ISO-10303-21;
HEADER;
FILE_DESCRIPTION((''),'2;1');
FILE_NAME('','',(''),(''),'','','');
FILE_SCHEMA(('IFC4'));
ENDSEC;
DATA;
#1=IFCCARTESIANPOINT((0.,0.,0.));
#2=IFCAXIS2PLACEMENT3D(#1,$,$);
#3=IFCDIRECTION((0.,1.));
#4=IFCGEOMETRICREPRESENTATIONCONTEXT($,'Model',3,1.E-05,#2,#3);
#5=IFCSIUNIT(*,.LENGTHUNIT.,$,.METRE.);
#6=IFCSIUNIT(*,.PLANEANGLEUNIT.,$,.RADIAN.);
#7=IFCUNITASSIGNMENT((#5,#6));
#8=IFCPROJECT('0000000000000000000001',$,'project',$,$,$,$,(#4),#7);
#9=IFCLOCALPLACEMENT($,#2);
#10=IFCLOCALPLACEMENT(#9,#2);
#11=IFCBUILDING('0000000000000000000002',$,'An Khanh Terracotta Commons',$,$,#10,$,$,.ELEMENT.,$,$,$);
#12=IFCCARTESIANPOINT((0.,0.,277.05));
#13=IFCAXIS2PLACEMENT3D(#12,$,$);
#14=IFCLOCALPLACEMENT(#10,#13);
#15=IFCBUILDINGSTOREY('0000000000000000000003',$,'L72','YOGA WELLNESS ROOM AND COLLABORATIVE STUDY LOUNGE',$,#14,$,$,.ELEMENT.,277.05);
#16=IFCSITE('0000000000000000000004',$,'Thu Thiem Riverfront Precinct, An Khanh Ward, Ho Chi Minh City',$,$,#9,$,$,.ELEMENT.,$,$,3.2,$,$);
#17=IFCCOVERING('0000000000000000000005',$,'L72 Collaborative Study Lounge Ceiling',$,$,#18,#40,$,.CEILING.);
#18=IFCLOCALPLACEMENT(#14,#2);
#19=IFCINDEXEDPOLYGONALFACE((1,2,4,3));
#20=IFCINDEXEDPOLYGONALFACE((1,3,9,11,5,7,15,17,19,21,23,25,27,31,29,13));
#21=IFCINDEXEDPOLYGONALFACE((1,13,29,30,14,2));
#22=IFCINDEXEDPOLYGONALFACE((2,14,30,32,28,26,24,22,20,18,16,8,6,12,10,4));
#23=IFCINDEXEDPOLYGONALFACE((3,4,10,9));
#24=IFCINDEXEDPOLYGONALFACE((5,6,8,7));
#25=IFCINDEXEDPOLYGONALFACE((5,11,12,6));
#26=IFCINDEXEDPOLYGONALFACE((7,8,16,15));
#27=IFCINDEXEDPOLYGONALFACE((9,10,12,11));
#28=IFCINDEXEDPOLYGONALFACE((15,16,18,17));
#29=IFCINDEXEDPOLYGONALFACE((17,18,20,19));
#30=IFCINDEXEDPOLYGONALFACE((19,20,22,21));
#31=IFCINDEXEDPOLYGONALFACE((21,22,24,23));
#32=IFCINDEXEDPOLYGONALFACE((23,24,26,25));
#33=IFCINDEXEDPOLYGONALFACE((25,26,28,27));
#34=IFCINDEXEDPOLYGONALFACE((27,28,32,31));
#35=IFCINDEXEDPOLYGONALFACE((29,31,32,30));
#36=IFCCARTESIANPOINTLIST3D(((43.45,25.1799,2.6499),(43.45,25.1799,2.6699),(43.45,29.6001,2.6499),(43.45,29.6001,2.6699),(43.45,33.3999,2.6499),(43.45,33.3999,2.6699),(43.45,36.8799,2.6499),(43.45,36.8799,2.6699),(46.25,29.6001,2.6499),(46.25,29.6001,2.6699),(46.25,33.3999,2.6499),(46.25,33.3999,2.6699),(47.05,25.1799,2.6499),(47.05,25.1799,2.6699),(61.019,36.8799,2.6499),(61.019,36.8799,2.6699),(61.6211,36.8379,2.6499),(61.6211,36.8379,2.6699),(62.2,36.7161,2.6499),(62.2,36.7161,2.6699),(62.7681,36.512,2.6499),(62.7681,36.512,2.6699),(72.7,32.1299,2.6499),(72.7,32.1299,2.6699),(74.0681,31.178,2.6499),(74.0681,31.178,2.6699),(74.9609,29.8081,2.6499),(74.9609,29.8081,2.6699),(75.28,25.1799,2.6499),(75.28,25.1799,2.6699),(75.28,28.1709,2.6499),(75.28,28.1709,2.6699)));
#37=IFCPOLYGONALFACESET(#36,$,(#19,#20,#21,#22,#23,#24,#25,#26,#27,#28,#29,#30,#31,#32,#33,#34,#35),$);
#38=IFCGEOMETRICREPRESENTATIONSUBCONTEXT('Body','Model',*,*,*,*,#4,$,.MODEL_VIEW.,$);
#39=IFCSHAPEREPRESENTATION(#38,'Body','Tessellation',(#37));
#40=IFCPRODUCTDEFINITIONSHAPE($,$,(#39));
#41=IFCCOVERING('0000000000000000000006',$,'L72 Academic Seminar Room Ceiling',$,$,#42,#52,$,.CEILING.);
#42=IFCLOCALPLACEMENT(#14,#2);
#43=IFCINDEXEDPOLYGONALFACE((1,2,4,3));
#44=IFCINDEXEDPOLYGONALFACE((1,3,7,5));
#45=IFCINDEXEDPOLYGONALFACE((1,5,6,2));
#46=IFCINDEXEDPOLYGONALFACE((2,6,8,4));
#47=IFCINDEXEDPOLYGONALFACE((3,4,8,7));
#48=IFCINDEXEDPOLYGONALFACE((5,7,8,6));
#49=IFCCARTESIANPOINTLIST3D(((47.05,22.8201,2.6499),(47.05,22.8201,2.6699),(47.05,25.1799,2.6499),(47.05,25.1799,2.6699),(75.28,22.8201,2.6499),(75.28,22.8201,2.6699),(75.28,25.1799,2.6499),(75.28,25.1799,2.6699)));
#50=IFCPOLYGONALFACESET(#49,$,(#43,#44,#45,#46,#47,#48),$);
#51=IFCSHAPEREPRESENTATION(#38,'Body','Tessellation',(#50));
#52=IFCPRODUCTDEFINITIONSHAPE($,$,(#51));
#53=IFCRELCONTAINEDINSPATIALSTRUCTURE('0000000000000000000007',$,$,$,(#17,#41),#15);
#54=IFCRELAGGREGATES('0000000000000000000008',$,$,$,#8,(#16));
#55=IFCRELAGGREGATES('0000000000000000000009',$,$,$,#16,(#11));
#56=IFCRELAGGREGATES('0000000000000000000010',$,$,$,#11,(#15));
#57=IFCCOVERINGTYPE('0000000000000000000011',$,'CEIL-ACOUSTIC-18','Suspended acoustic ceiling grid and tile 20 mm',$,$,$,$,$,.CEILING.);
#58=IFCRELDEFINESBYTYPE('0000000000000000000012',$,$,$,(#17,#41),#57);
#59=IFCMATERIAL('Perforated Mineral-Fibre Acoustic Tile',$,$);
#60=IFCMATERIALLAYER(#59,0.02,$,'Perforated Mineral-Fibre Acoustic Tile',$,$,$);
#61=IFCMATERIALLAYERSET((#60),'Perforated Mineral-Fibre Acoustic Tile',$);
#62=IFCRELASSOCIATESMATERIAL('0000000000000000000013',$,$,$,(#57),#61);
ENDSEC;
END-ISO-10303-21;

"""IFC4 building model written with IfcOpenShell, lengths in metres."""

from ifc_helpers import new_model, si_unit, direction, frame, origin, place, context, subcontext, project, spatial, polyline, outline, extrude, material, layer, layer_set, type_object, element, save


model = new_model("IFC4")

# Units and contexts
model_context = context("Model", 3, precision=1e-05, world=origin(), true_north=direction((0.0, 1.0)))
body_context = subcontext(model_context, "Body", "Model", "MODEL_VIEW")
ifc_project = project(units=[si_unit("LENGTHUNIT", "METRE"), si_unit("PLANEANGLEUNIT", "RADIAN")], contexts=[model_context])

# Site, building, storey
site_placement = place(None, origin())
site = spatial("IfcSite", under=ifc_project, at=site_placement, Name="Thu Thiem Riverfront Precinct, An Khanh Ward, Ho Chi Minh City", CompositionType="ELEMENT", RefElevation=3.2)
building_placement = place(site_placement, origin())
building = spatial("IfcBuilding", under=site, at=building_placement, Name="An Khanh Terracotta Commons", CompositionType="ELEMENT")
storey_placement = place(building_placement, frame((0.0, 0.0, 277.05)))
storey = spatial("IfcBuildingStorey", under=building, at=storey_placement, Name="L72", Description="YOGA WELLNESS ROOM AND COLLABORATIVE STUDY LOUNGE", CompositionType="ELEMENT", Elevation=277.05)

# Coverings
ifc_material_1 = material(Name="Perforated Mineral-Fibre Acoustic Tile")
ifc_layer_1 = layer(ifc_material_1, 0.02, Name="Perforated Mineral-Fibre Acoustic Tile")
ifc_layer_set_1 = layer_set([ifc_layer_1], Name="Perforated Mineral-Fibre Acoustic Tile")
covering_type = type_object("IfcCoveringType", Name="CEIL-ACOUSTIC-18", Description="Suspended acoustic ceiling grid and tile 20 mm", PredefinedType="CEILING", material=ifc_layer_set_1)
covering_1_placement = place(storey_placement, frame((0.0, 0.0, 2.6499)))
element("IfcCovering", 1, at=covering_1_placement, inside=storey, type_object=covering_type, Name="L72 Collaborative Study Lounge Ceiling", PredefinedType="CEILING", context=body_context, shape_type="SweptSolid", body=[
    extrude(outline(polyline([(61.019, 36.8799), (61.6211, 36.8379), (62.2, 36.7161), (62.7681, 36.512), (72.7, 32.1299), (74.0681, 31.178), (74.9609, 29.8081), (75.28, 28.1709), (75.28, 25.1799), (47.05, 25.1799), (43.45, 25.1799), (43.45, 29.6001), (46.25, 29.6001), (46.25, 33.3999), (43.45, 33.3999), (43.45, 36.8799), (61.019, 36.8799)])), origin(), (0.0, 0.0, 1.0), 0.02),
])
covering_2_placement = place(storey_placement, frame((0.0, 0.0, 2.6499)))
element("IfcCovering", 2, at=covering_2_placement, inside=storey, type_object=covering_type, Name="L72 Academic Seminar Room Ceiling", PredefinedType="CEILING", context=body_context, shape_type="SweptSolid", body=[
    extrude(outline(polyline([(75.28, 22.8201), (47.05, 22.8201), (47.05, 25.1799), (75.28, 25.1799), (75.28, 22.8201)])), origin(), (0.0, 0.0, 1.0), 0.02),
])

save(model, "model.ifc")
